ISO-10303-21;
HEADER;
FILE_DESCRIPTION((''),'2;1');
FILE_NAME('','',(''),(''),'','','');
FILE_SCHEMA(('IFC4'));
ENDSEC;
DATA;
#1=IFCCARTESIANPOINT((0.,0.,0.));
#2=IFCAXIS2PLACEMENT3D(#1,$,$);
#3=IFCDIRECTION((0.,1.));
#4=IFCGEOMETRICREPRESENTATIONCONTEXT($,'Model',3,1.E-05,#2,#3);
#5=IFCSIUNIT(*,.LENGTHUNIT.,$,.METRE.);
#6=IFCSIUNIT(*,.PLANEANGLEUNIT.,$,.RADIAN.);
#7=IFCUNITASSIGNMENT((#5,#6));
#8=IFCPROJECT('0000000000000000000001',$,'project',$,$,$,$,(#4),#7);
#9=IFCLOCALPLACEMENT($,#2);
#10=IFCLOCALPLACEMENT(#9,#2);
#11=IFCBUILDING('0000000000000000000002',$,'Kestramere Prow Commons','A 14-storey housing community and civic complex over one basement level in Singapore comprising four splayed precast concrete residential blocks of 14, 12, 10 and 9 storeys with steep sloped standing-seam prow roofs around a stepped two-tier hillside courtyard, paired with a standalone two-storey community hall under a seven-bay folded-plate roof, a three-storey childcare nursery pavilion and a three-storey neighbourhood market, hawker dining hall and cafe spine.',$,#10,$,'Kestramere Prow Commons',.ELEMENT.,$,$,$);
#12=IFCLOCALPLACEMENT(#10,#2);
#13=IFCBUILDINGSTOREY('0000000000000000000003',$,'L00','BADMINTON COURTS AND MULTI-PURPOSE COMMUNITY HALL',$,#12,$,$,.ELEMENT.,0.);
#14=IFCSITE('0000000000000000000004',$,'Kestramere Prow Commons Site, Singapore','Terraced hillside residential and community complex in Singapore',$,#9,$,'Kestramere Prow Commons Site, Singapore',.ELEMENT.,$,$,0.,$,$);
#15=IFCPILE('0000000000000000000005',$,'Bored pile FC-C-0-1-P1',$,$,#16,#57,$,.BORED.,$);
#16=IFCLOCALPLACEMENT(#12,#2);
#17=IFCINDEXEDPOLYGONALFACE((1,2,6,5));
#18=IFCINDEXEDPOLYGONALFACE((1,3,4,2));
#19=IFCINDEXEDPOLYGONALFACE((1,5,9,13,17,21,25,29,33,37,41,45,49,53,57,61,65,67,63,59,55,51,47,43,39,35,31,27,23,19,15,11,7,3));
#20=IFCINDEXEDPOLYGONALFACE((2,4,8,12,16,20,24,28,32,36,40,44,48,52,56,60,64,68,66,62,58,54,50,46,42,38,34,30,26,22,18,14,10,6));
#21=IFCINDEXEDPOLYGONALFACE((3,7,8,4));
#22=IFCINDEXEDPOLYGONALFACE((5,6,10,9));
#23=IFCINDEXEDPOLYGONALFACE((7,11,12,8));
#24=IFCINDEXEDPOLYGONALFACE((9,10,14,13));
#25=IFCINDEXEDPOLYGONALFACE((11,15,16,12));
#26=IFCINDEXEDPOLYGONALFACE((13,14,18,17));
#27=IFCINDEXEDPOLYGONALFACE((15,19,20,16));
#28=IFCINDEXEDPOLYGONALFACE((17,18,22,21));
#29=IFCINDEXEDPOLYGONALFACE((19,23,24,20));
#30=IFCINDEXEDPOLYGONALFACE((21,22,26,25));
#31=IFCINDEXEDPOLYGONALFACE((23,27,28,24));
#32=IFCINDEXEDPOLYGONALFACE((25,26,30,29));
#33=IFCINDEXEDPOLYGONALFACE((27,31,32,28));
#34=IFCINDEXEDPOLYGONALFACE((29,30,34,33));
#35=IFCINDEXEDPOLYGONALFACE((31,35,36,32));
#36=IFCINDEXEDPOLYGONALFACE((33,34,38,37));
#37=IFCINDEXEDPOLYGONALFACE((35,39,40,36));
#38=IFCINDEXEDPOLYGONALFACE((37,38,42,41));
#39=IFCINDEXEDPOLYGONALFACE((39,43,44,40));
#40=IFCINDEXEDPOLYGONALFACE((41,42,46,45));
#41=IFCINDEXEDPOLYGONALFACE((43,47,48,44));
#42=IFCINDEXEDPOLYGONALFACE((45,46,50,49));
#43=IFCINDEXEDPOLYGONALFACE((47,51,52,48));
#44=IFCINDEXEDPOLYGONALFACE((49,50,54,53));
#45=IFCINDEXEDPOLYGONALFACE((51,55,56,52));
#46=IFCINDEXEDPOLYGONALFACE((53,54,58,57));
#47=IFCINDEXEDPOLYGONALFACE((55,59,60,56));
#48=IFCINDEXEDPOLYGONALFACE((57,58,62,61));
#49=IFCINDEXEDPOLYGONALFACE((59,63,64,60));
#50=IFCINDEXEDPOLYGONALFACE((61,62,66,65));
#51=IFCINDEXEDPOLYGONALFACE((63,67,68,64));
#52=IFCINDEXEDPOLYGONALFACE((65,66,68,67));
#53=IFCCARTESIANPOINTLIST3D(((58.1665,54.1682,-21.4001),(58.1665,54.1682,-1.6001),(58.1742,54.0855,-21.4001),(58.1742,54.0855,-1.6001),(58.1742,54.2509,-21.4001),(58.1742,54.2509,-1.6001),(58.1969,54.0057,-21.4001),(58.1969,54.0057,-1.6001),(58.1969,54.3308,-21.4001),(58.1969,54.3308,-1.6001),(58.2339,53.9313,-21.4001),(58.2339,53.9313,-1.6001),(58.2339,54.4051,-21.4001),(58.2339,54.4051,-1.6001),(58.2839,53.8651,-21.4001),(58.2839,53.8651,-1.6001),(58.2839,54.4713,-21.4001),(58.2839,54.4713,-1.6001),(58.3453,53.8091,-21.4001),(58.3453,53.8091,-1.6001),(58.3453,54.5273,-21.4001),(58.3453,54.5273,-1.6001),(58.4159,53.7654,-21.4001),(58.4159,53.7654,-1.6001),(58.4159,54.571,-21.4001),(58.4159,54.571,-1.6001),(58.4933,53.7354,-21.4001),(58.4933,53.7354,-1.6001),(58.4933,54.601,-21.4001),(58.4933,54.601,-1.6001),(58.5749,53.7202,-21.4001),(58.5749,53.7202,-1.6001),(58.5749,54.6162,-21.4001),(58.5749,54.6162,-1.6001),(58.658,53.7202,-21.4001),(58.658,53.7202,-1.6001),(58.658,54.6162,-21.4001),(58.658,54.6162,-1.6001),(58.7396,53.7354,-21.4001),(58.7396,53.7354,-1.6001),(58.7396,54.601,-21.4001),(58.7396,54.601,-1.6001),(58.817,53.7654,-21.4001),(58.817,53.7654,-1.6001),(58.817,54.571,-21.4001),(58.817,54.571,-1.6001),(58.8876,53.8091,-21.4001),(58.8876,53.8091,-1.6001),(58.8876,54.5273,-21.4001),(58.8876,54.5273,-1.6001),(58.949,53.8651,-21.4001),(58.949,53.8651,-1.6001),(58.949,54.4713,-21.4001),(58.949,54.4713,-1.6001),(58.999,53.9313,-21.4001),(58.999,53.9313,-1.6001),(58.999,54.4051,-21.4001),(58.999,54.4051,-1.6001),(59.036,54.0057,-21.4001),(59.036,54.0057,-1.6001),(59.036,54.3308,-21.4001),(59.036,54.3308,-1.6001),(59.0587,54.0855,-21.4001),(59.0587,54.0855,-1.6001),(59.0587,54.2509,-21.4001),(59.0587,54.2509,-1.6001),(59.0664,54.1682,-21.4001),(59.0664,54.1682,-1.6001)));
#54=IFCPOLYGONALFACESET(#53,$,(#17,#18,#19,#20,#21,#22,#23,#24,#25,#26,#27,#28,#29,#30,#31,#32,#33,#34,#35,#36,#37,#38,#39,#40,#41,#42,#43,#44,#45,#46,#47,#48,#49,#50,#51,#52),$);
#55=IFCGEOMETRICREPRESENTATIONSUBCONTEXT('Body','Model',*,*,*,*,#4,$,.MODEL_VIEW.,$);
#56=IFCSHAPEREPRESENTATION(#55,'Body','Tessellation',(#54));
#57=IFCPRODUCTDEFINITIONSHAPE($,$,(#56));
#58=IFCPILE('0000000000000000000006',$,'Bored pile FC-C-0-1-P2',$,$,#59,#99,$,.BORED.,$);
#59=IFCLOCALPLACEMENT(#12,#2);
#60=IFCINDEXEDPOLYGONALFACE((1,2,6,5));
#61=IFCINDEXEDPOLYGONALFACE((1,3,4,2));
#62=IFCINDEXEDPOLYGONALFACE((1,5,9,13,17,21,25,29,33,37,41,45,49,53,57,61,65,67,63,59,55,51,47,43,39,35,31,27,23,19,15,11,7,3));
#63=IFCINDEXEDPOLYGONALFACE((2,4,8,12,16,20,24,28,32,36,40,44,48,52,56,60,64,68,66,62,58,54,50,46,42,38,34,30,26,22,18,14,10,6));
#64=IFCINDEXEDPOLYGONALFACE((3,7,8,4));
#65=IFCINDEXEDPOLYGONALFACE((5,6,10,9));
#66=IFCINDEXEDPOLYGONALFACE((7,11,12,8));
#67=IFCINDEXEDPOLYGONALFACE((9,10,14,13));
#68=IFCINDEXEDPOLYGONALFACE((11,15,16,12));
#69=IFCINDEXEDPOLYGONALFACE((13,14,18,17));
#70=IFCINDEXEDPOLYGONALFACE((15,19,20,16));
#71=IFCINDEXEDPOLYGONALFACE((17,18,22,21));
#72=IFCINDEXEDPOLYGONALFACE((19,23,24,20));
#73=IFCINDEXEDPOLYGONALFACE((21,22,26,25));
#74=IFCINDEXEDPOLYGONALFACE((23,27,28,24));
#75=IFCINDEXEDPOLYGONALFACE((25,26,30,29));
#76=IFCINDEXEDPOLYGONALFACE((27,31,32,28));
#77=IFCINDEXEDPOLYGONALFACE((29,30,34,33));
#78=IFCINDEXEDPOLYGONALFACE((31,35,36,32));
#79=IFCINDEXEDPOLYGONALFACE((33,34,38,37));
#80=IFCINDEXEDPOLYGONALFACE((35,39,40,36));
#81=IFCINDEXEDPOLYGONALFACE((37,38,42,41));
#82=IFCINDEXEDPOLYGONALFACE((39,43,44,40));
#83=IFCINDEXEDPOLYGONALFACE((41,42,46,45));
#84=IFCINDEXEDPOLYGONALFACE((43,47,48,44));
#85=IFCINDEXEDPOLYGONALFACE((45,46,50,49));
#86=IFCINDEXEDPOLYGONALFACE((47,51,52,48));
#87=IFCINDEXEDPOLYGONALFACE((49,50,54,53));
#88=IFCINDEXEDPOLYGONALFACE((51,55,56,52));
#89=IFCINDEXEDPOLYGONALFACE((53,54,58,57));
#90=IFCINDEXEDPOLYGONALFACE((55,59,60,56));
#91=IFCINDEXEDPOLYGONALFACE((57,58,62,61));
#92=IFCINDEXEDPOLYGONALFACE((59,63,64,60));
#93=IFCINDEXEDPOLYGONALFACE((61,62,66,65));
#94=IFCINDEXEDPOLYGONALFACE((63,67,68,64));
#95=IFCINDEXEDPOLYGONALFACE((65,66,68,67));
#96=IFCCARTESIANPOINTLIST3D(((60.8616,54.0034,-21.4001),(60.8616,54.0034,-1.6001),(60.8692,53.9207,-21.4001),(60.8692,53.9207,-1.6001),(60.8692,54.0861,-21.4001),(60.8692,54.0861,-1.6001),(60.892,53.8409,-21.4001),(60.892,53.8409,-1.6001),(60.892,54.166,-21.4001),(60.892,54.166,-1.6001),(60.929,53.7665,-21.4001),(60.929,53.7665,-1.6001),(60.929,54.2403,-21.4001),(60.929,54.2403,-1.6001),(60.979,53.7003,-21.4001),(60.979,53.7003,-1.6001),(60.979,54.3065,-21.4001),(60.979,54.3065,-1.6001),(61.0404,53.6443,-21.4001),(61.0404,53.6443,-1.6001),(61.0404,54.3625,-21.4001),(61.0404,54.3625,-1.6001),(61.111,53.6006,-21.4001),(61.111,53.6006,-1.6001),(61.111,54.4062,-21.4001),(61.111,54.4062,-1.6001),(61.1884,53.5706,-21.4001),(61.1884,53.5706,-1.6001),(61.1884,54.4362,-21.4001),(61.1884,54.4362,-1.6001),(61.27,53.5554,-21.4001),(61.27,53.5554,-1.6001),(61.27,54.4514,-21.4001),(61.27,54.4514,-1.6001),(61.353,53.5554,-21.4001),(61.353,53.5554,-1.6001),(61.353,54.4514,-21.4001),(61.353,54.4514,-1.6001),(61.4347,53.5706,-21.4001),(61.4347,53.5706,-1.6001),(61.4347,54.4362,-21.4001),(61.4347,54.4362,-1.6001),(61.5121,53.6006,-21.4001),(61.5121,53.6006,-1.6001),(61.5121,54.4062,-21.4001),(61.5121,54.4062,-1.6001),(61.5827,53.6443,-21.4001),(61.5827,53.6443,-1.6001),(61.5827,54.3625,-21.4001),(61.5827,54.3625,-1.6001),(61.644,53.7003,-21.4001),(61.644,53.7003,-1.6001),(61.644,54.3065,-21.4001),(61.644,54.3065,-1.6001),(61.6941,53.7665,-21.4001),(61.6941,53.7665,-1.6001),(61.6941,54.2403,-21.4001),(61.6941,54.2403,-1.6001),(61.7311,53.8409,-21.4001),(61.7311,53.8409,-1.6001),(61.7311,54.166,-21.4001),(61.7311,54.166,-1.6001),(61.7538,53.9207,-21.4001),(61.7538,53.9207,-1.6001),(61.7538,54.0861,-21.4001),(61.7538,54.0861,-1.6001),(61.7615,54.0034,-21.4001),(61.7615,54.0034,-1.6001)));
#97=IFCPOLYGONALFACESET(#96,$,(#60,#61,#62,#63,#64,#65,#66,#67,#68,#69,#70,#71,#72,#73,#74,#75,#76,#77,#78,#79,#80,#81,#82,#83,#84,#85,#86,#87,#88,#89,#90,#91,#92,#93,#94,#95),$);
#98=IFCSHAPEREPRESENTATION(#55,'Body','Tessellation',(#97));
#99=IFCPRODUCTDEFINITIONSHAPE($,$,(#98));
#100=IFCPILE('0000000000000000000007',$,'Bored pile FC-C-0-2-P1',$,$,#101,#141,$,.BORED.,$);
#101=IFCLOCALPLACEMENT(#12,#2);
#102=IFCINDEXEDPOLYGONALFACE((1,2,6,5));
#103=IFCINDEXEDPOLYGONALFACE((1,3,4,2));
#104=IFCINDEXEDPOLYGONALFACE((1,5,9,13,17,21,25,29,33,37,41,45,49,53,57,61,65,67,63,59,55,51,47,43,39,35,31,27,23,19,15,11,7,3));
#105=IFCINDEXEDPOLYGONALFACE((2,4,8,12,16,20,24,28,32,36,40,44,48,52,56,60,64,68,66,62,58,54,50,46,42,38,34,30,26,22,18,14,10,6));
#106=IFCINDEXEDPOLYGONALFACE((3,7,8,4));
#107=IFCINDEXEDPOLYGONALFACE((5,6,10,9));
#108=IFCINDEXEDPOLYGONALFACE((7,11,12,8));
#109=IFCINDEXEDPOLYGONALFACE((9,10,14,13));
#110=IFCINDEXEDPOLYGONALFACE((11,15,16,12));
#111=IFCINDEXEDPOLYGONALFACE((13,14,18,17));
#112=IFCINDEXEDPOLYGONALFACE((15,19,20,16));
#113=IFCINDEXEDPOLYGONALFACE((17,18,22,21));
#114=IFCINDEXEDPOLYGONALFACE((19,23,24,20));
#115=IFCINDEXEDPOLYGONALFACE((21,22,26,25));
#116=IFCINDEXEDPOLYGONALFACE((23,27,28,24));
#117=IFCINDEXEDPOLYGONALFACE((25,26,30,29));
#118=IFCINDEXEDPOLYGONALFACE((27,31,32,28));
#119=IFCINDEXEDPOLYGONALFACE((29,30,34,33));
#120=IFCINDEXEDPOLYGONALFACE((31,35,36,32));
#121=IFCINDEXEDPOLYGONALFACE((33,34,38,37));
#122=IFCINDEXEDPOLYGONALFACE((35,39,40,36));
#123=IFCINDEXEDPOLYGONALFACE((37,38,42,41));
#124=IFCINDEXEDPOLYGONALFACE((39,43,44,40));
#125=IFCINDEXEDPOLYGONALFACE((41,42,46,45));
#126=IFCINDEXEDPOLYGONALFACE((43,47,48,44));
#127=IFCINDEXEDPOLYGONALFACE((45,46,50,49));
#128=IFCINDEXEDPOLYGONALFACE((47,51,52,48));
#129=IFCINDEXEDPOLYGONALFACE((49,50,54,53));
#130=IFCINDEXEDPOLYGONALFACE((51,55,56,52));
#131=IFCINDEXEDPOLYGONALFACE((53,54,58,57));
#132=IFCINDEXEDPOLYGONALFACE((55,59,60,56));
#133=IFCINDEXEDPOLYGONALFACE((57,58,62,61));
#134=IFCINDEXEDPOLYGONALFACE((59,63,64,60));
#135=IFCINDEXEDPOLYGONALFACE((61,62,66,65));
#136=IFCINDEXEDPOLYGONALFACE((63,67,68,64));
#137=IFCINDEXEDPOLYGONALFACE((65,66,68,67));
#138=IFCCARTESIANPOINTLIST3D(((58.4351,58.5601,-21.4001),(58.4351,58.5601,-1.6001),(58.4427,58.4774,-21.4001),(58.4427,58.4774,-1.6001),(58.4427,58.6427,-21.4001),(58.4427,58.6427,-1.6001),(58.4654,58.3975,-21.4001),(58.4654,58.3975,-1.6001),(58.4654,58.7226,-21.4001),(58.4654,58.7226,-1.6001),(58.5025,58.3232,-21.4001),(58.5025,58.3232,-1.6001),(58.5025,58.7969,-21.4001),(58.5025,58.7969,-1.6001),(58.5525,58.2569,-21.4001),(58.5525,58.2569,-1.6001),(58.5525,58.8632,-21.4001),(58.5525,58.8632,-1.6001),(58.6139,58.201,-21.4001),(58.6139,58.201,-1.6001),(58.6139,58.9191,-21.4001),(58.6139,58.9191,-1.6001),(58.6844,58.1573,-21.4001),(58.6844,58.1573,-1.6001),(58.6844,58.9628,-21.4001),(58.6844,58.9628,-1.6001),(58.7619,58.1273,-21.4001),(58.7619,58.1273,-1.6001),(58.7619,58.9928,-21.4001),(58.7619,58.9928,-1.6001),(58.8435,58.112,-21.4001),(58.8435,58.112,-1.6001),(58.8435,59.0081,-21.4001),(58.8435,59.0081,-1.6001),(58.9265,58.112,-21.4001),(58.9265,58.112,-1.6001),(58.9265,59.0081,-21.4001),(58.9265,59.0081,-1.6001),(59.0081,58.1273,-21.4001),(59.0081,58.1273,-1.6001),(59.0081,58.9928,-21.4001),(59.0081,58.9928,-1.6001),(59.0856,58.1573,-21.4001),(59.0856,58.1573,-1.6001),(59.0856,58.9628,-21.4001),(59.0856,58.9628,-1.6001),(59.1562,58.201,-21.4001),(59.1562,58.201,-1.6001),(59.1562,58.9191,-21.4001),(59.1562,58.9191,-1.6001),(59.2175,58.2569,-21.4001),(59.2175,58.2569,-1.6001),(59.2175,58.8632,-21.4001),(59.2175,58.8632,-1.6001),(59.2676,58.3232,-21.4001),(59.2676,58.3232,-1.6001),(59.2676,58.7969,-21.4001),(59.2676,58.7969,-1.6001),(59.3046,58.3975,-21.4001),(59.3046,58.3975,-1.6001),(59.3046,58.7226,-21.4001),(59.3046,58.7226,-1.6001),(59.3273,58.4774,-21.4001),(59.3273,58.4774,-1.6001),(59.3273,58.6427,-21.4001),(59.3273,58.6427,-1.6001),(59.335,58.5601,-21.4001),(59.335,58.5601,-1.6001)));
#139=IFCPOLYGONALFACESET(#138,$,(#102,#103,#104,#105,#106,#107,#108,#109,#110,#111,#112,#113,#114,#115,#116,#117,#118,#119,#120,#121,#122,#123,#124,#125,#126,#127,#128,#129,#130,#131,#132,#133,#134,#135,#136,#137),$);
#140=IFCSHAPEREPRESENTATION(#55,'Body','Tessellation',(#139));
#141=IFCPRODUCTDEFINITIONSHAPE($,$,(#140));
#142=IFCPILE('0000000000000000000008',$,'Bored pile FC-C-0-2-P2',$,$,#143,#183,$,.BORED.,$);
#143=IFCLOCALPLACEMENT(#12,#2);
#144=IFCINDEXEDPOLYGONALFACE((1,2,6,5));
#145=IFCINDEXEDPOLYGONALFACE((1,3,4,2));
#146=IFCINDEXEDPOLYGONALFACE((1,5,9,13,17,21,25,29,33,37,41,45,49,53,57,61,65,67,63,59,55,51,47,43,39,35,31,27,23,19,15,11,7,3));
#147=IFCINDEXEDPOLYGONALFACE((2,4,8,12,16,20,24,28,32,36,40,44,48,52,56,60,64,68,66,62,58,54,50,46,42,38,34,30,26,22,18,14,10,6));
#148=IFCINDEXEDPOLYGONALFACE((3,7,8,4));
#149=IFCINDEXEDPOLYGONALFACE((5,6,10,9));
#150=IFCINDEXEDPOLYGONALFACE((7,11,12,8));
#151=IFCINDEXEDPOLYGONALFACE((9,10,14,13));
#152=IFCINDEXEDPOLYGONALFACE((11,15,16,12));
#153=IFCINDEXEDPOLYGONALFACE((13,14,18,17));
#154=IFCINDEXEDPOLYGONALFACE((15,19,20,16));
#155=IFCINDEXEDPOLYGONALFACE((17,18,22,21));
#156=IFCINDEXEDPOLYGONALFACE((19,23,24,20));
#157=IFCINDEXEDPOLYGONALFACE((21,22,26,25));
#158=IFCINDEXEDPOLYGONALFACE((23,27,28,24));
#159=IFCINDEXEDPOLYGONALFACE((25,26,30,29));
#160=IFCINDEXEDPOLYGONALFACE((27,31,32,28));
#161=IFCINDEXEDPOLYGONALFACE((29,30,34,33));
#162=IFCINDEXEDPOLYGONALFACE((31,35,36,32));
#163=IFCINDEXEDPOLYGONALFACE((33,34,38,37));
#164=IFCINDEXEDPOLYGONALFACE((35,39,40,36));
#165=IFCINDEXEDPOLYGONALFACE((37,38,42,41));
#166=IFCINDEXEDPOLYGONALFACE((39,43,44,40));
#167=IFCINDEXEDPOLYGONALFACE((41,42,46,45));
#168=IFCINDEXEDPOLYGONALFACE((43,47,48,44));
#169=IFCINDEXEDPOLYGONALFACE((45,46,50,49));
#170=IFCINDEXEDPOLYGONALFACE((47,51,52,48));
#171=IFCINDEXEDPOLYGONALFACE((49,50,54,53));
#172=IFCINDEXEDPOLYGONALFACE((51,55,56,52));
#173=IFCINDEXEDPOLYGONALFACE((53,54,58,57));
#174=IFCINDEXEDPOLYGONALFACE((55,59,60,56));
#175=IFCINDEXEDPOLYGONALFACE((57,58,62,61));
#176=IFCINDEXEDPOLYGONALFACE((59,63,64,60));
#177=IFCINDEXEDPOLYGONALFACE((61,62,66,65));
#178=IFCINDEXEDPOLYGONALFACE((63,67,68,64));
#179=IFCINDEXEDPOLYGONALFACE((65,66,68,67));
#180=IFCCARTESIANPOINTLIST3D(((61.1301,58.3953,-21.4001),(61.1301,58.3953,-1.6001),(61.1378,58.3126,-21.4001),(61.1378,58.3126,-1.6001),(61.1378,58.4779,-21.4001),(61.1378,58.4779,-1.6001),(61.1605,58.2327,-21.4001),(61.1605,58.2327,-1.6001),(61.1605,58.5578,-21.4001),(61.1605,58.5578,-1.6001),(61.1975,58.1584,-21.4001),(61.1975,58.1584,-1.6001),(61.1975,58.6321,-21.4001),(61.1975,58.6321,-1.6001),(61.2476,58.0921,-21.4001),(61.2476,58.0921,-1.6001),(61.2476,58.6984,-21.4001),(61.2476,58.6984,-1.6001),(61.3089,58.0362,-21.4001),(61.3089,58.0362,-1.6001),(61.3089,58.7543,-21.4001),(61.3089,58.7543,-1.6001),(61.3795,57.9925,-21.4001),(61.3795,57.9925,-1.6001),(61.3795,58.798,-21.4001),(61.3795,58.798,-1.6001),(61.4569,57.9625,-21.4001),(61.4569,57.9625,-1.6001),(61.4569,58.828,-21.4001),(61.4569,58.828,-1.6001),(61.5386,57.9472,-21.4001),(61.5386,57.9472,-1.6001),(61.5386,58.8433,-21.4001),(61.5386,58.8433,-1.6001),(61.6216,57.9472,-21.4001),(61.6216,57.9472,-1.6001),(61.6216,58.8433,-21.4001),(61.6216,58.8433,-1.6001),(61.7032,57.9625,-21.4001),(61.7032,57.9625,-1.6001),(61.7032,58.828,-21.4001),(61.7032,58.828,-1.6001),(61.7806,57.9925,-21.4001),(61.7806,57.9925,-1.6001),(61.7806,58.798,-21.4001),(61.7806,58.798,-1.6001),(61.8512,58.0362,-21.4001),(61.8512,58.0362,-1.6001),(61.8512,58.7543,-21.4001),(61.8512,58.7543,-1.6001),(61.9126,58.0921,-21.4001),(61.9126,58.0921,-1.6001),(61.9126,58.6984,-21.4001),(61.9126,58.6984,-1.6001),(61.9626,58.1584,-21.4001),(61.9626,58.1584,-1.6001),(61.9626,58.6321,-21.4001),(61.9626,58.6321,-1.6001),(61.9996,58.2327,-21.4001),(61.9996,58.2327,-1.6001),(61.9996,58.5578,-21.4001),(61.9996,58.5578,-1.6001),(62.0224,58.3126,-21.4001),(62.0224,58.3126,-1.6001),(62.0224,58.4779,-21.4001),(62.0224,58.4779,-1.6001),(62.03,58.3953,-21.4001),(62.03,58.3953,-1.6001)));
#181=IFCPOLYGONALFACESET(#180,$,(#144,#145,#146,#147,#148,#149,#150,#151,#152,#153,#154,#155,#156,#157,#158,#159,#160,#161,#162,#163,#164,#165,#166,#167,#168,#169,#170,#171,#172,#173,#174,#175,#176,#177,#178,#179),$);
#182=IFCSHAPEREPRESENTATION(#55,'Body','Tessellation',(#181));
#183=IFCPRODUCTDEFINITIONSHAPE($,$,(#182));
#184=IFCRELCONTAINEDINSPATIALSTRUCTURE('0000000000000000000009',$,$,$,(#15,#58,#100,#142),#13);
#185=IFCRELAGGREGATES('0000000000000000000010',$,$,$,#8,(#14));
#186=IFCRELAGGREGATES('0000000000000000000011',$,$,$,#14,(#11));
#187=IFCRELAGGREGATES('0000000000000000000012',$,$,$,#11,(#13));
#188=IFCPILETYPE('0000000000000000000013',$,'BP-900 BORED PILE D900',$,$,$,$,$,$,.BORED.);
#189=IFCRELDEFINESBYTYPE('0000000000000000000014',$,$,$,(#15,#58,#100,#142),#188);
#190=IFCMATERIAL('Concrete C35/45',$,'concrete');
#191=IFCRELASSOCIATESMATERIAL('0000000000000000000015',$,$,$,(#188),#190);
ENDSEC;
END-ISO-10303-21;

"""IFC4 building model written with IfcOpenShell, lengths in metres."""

from ifc_helpers import new_model, si_unit, direction, frame, origin, origin_2d, place, context, subcontext, project, spatial, circle, extrude, material, material_profile, profile_set, type_object, element, save


model = new_model("IFC4")

# Units and contexts
model_context = context("Model", 3, precision=1e-05, world=origin(), true_north=direction((0.0, 1.0)))
body_context = subcontext(model_context, "Body", "Model", "MODEL_VIEW")
ifc_project = project(units=[si_unit("LENGTHUNIT", "METRE"), si_unit("PLANEANGLEUNIT", "RADIAN")], contexts=[model_context])

# Site, building, storey
site_placement = place(None, origin())
site = spatial("IfcSite", under=ifc_project, at=site_placement, Name="Kestramere Prow Commons Site, Singapore", Description="Terraced hillside residential and community complex in Singapore", LongName="Kestramere Prow Commons Site, Singapore", CompositionType="ELEMENT", RefElevation=0.0)
building_placement = place(site_placement, origin())
building = spatial("IfcBuilding", under=site, at=building_placement, Name="Kestramere Prow Commons", Description="A 14-storey housing community and civic complex over one basement level in Singapore comprising four splayed precast concrete residential blocks of 14, 12, 10 and 9 storeys with steep sloped standing-seam prow roofs around a stepped two-tier hillside courtyard, paired with a standalone two-storey community hall under a seven-bay folded-plate roof, a three-storey childcare nursery pavilion and a three-storey neighbourhood market, hawker dining hall and cafe spine.", LongName="Kestramere Prow Commons", CompositionType="ELEMENT")
storey_placement = place(building_placement, origin())
storey = spatial("IfcBuildingStorey", under=building, at=storey_placement, Name="L00", Description="BADMINTON COURTS AND MULTI-PURPOSE COMMUNITY HALL", CompositionType="ELEMENT", Elevation=0.0)

# Piles
ifc_material_1 = material(Name="Concrete C35/45", Category="concrete")
ifc_material_profile_1 = material_profile(ifc_material_1, circle(Radius=0.45, at=origin_2d()), Name="BORED PILE D900")
ifc_profile_set_1 = profile_set([ifc_material_profile_1], Name="Concrete C35/45")
pile_type = type_object("IfcPileType", Name="BP-900 BORED PILE D900", PredefinedType="BORED", material=ifc_profile_set_1)
for number, where, z_axis, x_axis, name in (
    (1, (58.6165, 54.1682, -1.6001), (0.0, 0.0, -1.0), (1.0, 0.0, 0.0), "Bored pile FC-C-0-1-P1"),
    (2, (61.3115, 54.0034, -1.6001), (0.0, 0.0, -1.0), (1.0, 0.0, 0.0), "Bored pile FC-C-0-1-P2"),
    (3, (58.885, 58.5601, -1.6001), (0.0, 0.0, -1.0), (1.0, 0.0, 0.0), "Bored pile FC-C-0-2-P1"),
    (4, (61.5801, 58.3953, -1.6001), (0.0, 0.0, -1.0), (1.0, 0.0, 0.0), "Bored pile FC-C-0-2-P2"),
):
    element("IfcPile", number, at=place(storey_placement, frame(where, z_axis=z_axis, x_axis=x_axis)), inside=storey, type_object=pile_type, Name=name, PredefinedType="BORED", context=body_context, shape_type="SweptSolid", body=[
        extrude(circle(Radius=0.45, at=origin_2d()), origin(), (0.0, 0.0, 1.0), 19.8),
    ])

save(model, "model.ifc")
